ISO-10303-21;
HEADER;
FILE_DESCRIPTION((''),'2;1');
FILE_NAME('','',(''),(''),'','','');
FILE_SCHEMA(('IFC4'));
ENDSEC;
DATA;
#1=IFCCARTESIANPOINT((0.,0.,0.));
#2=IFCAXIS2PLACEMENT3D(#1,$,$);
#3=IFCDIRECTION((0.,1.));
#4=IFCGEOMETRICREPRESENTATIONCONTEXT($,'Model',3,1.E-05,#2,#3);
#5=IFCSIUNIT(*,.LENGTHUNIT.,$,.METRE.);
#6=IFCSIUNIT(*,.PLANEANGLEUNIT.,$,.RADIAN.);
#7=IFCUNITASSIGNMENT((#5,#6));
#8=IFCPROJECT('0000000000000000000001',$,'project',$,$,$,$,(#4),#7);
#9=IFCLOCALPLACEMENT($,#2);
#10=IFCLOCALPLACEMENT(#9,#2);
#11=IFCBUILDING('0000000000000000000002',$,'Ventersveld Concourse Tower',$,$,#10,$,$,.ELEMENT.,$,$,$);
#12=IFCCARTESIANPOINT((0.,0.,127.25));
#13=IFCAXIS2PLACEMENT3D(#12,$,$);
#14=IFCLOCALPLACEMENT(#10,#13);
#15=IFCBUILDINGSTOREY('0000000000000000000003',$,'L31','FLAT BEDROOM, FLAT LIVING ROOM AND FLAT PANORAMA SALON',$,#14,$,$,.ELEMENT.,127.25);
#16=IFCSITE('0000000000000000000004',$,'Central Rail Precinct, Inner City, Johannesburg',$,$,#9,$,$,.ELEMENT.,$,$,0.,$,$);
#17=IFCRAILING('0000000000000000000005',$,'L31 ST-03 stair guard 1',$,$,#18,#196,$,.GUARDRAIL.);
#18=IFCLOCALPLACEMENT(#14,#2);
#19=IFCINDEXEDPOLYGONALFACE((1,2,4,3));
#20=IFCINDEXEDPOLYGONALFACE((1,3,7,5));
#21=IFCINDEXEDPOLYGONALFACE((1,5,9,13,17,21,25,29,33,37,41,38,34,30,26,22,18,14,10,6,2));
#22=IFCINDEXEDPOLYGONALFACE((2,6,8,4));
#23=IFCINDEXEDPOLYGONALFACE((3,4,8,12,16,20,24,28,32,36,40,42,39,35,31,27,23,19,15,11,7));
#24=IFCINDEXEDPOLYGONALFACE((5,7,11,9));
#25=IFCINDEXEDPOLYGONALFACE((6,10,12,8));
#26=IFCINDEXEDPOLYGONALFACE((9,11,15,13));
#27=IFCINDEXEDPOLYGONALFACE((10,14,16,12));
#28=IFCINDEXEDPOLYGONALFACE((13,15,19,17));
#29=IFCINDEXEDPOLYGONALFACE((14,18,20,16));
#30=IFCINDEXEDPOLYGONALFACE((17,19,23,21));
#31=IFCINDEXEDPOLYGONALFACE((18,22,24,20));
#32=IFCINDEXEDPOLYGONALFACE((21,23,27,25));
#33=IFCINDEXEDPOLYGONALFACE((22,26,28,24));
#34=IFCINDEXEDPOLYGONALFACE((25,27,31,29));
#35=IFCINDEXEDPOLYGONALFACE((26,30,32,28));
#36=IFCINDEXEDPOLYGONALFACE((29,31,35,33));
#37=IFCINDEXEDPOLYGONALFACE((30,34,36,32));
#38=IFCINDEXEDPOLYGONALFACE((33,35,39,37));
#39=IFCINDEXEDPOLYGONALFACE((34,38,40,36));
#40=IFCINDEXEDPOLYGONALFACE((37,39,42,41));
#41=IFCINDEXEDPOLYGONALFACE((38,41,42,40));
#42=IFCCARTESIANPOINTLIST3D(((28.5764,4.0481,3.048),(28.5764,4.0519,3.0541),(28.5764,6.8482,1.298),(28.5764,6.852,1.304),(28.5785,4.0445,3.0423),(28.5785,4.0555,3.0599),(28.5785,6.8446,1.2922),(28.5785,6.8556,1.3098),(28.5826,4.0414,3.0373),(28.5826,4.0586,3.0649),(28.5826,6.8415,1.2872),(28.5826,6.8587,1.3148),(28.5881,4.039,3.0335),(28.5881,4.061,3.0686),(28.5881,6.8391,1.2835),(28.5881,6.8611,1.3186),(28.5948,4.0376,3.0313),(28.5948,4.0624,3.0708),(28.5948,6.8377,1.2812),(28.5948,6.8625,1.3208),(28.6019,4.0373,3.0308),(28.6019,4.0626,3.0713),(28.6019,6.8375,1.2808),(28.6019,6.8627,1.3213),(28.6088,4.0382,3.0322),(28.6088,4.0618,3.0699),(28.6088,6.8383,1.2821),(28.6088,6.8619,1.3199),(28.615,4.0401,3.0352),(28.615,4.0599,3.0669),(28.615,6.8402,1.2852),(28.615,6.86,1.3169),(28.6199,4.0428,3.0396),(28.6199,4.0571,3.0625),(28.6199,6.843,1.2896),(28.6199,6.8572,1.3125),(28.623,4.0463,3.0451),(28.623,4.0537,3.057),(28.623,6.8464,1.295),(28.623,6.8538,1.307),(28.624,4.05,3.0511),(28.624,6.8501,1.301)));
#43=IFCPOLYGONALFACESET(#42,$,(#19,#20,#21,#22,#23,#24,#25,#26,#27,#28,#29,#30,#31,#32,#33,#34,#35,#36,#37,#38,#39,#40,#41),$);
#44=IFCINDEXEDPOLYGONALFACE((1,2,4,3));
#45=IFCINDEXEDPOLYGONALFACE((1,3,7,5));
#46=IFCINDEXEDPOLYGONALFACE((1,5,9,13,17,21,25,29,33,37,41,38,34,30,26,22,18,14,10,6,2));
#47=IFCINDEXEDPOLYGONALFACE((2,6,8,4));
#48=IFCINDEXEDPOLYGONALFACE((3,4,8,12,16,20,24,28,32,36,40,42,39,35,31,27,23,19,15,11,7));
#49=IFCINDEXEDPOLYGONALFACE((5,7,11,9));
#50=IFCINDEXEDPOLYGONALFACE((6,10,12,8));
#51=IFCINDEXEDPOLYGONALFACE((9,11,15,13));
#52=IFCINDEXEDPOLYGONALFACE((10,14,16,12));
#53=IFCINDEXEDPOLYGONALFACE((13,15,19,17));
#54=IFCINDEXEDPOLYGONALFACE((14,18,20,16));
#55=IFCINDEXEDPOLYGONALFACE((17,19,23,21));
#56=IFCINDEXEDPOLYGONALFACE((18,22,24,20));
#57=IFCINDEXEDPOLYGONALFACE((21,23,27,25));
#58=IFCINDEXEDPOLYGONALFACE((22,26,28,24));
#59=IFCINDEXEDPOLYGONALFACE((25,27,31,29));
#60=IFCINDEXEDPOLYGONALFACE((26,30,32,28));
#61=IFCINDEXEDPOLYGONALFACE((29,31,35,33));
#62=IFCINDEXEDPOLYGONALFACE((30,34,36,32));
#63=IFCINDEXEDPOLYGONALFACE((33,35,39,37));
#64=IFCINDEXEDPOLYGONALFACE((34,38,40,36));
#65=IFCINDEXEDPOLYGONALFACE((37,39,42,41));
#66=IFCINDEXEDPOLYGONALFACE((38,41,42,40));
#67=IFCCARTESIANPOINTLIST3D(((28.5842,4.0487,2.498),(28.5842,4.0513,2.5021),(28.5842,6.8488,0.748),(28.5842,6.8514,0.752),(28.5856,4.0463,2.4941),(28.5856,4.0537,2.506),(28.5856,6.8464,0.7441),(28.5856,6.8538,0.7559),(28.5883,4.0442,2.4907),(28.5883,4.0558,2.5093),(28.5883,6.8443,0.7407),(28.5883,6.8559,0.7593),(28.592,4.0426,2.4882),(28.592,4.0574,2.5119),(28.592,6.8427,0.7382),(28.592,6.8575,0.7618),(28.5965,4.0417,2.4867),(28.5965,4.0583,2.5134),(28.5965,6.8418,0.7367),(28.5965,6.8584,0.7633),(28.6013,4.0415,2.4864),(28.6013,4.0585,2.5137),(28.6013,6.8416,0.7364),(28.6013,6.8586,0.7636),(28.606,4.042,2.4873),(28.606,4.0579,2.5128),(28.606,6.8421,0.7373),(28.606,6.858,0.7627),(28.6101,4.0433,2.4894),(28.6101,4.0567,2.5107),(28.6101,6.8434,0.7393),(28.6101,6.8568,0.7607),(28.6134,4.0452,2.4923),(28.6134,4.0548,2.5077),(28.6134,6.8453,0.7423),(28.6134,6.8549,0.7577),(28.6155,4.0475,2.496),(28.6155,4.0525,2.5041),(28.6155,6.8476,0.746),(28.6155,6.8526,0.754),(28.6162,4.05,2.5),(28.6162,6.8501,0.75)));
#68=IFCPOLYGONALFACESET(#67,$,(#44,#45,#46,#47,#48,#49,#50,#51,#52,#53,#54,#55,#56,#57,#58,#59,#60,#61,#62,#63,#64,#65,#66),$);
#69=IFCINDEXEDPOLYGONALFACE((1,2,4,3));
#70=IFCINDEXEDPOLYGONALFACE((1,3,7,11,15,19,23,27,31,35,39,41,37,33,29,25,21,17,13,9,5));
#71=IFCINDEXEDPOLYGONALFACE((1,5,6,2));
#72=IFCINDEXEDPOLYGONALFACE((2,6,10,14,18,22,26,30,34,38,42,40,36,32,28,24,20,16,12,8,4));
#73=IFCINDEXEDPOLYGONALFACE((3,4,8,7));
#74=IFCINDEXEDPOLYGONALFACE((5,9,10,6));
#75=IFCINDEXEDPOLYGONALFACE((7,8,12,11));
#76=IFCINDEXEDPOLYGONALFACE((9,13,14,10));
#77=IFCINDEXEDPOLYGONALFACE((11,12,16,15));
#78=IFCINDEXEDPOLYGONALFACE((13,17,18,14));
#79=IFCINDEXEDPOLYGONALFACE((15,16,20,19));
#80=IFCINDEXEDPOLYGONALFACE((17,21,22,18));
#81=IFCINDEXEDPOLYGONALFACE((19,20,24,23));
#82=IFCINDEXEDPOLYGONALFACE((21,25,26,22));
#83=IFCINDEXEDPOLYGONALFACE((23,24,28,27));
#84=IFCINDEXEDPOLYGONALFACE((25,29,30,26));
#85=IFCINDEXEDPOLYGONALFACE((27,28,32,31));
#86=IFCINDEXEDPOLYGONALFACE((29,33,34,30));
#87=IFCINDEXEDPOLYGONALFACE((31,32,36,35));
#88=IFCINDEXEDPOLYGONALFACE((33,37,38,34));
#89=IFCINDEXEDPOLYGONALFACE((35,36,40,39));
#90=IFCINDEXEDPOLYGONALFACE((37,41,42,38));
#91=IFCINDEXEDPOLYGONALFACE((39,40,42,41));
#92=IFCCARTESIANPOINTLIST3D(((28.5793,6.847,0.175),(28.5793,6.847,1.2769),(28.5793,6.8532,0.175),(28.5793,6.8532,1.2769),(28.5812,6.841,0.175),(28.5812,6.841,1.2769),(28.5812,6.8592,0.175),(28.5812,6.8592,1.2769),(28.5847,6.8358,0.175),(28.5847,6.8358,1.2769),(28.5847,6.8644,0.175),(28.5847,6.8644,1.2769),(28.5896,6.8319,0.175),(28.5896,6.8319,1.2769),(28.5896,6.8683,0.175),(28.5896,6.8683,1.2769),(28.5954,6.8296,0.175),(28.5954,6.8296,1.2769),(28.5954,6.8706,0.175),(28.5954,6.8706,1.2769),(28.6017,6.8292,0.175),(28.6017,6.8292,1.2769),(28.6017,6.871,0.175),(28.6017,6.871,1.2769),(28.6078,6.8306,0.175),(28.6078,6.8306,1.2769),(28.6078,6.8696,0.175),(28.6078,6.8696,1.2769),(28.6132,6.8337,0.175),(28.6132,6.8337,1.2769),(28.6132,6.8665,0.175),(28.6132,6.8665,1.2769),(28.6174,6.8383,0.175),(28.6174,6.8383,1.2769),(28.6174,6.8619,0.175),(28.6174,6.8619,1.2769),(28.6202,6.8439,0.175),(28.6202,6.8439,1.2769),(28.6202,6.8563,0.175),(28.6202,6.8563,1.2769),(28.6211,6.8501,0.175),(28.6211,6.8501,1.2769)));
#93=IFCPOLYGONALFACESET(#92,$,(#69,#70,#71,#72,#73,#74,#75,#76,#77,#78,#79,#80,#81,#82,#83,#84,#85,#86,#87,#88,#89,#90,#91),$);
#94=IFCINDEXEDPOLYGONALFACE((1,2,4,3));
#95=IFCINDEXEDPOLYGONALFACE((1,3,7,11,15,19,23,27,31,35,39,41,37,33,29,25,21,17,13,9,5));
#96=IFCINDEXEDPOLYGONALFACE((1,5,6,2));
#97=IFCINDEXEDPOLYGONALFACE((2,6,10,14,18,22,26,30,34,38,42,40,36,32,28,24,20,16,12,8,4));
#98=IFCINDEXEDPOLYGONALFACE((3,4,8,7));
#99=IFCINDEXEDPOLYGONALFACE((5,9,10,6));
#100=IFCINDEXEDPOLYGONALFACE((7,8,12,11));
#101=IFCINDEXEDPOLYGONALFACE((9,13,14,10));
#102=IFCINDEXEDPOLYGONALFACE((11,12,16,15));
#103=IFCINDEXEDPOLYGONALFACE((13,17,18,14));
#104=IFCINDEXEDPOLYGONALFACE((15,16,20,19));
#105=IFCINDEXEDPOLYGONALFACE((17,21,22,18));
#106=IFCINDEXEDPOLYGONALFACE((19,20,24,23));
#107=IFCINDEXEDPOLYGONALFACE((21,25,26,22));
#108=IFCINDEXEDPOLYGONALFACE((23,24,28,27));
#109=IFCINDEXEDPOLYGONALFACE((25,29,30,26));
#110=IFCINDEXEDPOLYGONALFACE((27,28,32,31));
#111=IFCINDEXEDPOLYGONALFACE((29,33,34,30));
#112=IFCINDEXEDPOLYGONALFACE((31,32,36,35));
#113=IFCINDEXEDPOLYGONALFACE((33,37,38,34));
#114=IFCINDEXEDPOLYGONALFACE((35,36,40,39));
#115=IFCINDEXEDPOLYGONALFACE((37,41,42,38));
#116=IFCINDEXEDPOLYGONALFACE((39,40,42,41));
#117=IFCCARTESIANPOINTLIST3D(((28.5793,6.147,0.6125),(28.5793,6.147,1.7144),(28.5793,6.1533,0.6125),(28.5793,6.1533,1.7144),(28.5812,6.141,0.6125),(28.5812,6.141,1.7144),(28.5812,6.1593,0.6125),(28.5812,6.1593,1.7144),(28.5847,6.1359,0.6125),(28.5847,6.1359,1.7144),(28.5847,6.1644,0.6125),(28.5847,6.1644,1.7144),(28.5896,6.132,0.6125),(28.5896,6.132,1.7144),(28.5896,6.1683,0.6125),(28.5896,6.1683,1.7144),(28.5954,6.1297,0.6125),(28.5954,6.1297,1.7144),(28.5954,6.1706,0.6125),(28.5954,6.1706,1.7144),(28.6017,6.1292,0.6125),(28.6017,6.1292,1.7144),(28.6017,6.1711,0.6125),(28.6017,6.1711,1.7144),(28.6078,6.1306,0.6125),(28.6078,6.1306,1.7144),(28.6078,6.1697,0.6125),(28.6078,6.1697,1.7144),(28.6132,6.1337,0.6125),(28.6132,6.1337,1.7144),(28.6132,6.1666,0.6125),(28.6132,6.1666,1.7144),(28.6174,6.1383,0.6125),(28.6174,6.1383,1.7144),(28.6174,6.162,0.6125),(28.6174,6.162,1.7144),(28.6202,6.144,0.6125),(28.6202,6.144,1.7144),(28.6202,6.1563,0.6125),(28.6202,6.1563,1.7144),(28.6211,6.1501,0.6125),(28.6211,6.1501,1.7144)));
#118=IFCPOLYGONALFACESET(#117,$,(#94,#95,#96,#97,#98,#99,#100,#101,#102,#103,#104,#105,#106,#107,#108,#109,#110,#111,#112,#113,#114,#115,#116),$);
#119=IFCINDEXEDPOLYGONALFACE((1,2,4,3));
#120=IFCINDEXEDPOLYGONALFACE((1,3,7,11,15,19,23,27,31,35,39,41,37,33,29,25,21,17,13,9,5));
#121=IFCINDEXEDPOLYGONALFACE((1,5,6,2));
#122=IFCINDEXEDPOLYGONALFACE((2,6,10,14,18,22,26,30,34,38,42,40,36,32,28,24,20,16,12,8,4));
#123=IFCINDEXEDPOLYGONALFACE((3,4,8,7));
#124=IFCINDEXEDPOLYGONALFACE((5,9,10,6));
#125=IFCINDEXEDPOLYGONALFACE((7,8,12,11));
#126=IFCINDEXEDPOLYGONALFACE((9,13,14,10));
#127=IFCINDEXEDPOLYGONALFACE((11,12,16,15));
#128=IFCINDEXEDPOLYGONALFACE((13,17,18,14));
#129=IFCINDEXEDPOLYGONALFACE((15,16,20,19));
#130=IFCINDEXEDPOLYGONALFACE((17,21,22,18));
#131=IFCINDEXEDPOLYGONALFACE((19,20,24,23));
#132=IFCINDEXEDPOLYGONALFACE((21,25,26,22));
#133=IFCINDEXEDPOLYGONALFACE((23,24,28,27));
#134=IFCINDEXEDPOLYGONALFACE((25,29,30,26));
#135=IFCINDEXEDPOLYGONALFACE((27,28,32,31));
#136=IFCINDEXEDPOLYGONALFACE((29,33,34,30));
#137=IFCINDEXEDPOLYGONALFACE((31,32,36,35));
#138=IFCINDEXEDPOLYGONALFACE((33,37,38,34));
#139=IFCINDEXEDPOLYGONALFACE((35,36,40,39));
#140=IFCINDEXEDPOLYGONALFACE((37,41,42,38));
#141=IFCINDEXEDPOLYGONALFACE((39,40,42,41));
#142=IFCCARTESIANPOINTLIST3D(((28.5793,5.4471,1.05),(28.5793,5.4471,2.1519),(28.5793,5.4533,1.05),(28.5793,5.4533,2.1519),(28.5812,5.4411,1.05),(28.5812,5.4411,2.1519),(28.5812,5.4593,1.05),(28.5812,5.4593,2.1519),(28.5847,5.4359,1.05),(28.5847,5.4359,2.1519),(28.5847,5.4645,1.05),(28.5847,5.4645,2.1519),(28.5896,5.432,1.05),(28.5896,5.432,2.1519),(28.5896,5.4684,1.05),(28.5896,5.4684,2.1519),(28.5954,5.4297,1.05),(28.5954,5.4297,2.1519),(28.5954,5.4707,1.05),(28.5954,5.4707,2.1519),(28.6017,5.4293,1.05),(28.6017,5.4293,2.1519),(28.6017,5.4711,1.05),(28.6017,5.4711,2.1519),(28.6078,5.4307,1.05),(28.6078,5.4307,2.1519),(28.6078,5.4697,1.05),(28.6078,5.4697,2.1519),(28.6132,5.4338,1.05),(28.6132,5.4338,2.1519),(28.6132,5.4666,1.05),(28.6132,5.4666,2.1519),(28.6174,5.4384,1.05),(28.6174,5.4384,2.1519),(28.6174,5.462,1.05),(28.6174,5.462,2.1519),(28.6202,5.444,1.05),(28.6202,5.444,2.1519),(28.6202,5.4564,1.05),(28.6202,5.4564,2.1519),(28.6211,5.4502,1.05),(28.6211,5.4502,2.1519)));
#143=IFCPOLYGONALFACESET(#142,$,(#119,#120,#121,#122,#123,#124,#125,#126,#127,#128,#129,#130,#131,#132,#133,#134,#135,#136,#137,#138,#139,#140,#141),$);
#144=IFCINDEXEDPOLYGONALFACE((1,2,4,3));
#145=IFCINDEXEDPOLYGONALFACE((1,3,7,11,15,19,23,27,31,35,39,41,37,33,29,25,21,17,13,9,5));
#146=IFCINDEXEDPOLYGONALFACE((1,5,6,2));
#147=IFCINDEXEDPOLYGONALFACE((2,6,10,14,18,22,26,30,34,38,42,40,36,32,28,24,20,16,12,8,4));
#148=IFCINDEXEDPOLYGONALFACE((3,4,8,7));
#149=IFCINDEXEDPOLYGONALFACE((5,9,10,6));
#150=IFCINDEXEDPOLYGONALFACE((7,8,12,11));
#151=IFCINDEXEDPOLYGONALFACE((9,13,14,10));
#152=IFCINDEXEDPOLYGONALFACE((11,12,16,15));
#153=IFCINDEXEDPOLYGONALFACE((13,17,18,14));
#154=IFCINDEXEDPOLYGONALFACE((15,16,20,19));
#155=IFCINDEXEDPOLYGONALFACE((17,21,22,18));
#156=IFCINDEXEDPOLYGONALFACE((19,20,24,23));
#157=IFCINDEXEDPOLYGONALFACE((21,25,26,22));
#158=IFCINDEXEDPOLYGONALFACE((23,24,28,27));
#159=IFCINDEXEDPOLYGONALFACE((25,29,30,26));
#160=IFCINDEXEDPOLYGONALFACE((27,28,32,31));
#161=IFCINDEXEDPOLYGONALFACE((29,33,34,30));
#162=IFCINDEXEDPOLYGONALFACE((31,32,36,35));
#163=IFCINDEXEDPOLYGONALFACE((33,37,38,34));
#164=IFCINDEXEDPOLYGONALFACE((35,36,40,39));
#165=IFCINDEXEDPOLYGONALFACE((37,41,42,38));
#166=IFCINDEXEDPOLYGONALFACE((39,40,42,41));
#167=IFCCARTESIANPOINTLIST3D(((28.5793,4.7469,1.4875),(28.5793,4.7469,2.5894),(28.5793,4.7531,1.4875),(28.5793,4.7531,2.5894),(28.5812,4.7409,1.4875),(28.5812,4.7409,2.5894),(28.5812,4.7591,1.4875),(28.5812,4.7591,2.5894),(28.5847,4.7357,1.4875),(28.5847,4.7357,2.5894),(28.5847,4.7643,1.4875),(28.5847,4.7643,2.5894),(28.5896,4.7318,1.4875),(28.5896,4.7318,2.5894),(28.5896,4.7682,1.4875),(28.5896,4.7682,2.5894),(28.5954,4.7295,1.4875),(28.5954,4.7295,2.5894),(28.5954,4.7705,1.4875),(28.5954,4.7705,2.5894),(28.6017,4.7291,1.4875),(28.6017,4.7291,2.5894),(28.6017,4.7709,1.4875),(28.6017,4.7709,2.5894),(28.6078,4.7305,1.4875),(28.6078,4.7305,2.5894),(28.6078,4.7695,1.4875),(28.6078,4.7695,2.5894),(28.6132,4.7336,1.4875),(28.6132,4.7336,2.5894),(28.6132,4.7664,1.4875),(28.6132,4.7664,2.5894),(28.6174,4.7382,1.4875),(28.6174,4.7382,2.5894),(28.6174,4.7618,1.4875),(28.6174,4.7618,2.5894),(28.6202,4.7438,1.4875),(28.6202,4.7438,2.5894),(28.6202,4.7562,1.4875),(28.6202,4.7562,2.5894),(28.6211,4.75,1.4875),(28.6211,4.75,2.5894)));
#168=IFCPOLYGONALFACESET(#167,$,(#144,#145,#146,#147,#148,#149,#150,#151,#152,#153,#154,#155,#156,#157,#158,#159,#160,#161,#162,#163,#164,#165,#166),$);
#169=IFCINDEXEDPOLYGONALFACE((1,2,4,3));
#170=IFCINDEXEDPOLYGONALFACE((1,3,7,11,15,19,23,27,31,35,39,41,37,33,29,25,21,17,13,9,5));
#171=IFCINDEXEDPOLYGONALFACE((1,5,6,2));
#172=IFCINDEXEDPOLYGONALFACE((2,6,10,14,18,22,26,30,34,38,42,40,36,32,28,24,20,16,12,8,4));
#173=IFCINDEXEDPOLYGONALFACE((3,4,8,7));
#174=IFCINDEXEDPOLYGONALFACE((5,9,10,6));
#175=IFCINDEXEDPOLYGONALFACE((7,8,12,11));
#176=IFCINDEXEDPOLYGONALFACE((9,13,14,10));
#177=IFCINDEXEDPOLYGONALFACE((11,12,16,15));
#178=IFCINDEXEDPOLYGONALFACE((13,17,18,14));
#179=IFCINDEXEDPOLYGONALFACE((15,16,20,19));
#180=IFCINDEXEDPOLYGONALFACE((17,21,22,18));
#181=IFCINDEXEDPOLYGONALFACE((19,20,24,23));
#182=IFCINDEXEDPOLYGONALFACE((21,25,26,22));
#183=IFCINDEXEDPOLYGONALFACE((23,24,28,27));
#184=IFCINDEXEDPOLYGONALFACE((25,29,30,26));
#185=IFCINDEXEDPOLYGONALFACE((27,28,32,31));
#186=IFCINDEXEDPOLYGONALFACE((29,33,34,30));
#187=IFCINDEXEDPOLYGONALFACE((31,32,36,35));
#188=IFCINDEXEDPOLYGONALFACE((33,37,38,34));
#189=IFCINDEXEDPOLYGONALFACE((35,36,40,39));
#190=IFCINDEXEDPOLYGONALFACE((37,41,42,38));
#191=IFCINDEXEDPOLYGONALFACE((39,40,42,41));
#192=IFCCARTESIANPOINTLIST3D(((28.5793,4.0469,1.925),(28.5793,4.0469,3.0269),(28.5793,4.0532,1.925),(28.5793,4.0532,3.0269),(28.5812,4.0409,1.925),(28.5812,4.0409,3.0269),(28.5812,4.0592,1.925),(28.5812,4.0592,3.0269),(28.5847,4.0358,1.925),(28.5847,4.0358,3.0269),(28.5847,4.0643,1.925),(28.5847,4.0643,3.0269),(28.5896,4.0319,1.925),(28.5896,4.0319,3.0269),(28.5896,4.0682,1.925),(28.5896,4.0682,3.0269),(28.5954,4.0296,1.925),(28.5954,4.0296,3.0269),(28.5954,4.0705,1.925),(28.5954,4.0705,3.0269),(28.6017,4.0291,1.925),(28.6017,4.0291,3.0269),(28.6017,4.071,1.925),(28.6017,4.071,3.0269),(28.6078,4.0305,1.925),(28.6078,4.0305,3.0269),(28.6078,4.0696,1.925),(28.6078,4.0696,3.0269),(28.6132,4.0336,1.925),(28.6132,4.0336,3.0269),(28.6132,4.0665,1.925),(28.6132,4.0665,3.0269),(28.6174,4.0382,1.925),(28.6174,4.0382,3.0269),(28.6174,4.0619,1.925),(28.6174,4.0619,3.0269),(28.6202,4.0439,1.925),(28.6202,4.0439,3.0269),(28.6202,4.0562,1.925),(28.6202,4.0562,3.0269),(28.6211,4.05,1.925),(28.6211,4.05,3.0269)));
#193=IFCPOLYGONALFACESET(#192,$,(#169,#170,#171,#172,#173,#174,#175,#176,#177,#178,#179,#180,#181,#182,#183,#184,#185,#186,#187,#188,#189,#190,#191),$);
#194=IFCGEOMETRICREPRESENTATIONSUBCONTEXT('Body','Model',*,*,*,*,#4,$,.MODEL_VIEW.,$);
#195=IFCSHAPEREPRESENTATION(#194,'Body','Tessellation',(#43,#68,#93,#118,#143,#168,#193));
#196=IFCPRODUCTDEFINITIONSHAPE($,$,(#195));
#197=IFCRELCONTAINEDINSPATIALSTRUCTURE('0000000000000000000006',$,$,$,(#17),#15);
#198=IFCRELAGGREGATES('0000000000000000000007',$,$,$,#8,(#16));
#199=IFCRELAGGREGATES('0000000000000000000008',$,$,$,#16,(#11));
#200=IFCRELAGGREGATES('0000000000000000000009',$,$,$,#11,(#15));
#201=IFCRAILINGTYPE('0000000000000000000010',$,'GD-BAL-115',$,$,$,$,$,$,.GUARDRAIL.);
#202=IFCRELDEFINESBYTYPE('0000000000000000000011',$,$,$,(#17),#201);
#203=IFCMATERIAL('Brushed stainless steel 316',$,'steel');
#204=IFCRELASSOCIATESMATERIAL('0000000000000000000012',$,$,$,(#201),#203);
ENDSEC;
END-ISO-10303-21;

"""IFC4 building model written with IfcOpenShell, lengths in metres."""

from ifc_helpers import new_model, si_unit, direction, frame, origin, origin_2d, place, context, subcontext, project, spatial, circle, extrude, material, type_object, element, save


model = new_model("IFC4")

# Units and contexts
model_context = context("Model", 3, precision=1e-05, world=origin(), true_north=direction((0.0, 1.0)))
body_context = subcontext(model_context, "Body", "Model", "MODEL_VIEW")
ifc_project = project(units=[si_unit("LENGTHUNIT", "METRE"), si_unit("PLANEANGLEUNIT", "RADIAN")], contexts=[model_context])

# Site, building, storey
site_placement = place(None, origin())
site = spatial("IfcSite", under=ifc_project, at=site_placement, Name="Central Rail Precinct, Inner City, Johannesburg", CompositionType="ELEMENT", RefElevation=0.0)
building_placement = place(site_placement, origin())
building = spatial("IfcBuilding", under=site, at=building_placement, Name="Ventersveld Concourse Tower", CompositionType="ELEMENT")
storey_placement = place(building_placement, frame((0.0, 0.0, 127.25)))
storey = spatial("IfcBuildingStorey", under=building, at=storey_placement, Name="L31", Description="FLAT BEDROOM, FLAT LIVING ROOM AND FLAT PANORAMA SALON", CompositionType="ELEMENT", Elevation=127.25)

# Shared definitions
ifc_material_1 = material(Name="Brushed stainless steel 316", Category="steel")

# Railing
railing_type_1 = type_object("IfcRailingType", Name="GD-BAL-115", PredefinedType="GUARDRAIL", material=ifc_material_1)
railing_1_placement = place(storey_placement, frame((28.6001, 6.8501, 0.175)))
element("IfcRailing", 1, at=railing_1_placement, inside=storey, type_object=railing_type_1, Name="L31 ST-03 stair guard 1", PredefinedType="GUARDRAIL", context=body_context, shape_type="SweptSolid", body=[
    extrude(circle(Radius=0.0239, at=origin_2d()), frame((0.0, 0.0, 1.126), z_axis=(0.0, -0.848002, 0.529992), x_axis=(1.0, 0.0, 0.0)), (0.0, 0.0, 1.0), 3.302),
    extrude(circle(Radius=0.0161, at=origin_2d()), frame((0.0, 0.0, 0.575), z_axis=(0.0, -0.848002, 0.529992), x_axis=(1.0, 0.0, 0.0)), (0.0, 0.0, 1.0), 3.302),
    extrude(circle(Radius=0.021, at=origin_2d()), origin(), (0.0, 0.0, 1.0), 1.1018),
    extrude(circle(Radius=0.021, at=origin_2d()), frame((0.0, -0.7, 0.4375)), (0.0, 0.0, 1.0), 1.1018),
    extrude(circle(Radius=0.021, at=origin_2d()), frame((0.0, -1.3999, 0.875)), (0.0, 0.0, 1.0), 1.1018),
    extrude(circle(Radius=0.021, at=origin_2d()), frame((0.0, -2.1001, 1.3125)), (0.0, 0.0, 1.0), 1.1018),
    extrude(circle(Radius=0.021, at=origin_2d()), frame((0.0, -2.8, 1.75)), (0.0, 0.0, 1.0), 1.1018),
])

save(model, "model.ifc")
